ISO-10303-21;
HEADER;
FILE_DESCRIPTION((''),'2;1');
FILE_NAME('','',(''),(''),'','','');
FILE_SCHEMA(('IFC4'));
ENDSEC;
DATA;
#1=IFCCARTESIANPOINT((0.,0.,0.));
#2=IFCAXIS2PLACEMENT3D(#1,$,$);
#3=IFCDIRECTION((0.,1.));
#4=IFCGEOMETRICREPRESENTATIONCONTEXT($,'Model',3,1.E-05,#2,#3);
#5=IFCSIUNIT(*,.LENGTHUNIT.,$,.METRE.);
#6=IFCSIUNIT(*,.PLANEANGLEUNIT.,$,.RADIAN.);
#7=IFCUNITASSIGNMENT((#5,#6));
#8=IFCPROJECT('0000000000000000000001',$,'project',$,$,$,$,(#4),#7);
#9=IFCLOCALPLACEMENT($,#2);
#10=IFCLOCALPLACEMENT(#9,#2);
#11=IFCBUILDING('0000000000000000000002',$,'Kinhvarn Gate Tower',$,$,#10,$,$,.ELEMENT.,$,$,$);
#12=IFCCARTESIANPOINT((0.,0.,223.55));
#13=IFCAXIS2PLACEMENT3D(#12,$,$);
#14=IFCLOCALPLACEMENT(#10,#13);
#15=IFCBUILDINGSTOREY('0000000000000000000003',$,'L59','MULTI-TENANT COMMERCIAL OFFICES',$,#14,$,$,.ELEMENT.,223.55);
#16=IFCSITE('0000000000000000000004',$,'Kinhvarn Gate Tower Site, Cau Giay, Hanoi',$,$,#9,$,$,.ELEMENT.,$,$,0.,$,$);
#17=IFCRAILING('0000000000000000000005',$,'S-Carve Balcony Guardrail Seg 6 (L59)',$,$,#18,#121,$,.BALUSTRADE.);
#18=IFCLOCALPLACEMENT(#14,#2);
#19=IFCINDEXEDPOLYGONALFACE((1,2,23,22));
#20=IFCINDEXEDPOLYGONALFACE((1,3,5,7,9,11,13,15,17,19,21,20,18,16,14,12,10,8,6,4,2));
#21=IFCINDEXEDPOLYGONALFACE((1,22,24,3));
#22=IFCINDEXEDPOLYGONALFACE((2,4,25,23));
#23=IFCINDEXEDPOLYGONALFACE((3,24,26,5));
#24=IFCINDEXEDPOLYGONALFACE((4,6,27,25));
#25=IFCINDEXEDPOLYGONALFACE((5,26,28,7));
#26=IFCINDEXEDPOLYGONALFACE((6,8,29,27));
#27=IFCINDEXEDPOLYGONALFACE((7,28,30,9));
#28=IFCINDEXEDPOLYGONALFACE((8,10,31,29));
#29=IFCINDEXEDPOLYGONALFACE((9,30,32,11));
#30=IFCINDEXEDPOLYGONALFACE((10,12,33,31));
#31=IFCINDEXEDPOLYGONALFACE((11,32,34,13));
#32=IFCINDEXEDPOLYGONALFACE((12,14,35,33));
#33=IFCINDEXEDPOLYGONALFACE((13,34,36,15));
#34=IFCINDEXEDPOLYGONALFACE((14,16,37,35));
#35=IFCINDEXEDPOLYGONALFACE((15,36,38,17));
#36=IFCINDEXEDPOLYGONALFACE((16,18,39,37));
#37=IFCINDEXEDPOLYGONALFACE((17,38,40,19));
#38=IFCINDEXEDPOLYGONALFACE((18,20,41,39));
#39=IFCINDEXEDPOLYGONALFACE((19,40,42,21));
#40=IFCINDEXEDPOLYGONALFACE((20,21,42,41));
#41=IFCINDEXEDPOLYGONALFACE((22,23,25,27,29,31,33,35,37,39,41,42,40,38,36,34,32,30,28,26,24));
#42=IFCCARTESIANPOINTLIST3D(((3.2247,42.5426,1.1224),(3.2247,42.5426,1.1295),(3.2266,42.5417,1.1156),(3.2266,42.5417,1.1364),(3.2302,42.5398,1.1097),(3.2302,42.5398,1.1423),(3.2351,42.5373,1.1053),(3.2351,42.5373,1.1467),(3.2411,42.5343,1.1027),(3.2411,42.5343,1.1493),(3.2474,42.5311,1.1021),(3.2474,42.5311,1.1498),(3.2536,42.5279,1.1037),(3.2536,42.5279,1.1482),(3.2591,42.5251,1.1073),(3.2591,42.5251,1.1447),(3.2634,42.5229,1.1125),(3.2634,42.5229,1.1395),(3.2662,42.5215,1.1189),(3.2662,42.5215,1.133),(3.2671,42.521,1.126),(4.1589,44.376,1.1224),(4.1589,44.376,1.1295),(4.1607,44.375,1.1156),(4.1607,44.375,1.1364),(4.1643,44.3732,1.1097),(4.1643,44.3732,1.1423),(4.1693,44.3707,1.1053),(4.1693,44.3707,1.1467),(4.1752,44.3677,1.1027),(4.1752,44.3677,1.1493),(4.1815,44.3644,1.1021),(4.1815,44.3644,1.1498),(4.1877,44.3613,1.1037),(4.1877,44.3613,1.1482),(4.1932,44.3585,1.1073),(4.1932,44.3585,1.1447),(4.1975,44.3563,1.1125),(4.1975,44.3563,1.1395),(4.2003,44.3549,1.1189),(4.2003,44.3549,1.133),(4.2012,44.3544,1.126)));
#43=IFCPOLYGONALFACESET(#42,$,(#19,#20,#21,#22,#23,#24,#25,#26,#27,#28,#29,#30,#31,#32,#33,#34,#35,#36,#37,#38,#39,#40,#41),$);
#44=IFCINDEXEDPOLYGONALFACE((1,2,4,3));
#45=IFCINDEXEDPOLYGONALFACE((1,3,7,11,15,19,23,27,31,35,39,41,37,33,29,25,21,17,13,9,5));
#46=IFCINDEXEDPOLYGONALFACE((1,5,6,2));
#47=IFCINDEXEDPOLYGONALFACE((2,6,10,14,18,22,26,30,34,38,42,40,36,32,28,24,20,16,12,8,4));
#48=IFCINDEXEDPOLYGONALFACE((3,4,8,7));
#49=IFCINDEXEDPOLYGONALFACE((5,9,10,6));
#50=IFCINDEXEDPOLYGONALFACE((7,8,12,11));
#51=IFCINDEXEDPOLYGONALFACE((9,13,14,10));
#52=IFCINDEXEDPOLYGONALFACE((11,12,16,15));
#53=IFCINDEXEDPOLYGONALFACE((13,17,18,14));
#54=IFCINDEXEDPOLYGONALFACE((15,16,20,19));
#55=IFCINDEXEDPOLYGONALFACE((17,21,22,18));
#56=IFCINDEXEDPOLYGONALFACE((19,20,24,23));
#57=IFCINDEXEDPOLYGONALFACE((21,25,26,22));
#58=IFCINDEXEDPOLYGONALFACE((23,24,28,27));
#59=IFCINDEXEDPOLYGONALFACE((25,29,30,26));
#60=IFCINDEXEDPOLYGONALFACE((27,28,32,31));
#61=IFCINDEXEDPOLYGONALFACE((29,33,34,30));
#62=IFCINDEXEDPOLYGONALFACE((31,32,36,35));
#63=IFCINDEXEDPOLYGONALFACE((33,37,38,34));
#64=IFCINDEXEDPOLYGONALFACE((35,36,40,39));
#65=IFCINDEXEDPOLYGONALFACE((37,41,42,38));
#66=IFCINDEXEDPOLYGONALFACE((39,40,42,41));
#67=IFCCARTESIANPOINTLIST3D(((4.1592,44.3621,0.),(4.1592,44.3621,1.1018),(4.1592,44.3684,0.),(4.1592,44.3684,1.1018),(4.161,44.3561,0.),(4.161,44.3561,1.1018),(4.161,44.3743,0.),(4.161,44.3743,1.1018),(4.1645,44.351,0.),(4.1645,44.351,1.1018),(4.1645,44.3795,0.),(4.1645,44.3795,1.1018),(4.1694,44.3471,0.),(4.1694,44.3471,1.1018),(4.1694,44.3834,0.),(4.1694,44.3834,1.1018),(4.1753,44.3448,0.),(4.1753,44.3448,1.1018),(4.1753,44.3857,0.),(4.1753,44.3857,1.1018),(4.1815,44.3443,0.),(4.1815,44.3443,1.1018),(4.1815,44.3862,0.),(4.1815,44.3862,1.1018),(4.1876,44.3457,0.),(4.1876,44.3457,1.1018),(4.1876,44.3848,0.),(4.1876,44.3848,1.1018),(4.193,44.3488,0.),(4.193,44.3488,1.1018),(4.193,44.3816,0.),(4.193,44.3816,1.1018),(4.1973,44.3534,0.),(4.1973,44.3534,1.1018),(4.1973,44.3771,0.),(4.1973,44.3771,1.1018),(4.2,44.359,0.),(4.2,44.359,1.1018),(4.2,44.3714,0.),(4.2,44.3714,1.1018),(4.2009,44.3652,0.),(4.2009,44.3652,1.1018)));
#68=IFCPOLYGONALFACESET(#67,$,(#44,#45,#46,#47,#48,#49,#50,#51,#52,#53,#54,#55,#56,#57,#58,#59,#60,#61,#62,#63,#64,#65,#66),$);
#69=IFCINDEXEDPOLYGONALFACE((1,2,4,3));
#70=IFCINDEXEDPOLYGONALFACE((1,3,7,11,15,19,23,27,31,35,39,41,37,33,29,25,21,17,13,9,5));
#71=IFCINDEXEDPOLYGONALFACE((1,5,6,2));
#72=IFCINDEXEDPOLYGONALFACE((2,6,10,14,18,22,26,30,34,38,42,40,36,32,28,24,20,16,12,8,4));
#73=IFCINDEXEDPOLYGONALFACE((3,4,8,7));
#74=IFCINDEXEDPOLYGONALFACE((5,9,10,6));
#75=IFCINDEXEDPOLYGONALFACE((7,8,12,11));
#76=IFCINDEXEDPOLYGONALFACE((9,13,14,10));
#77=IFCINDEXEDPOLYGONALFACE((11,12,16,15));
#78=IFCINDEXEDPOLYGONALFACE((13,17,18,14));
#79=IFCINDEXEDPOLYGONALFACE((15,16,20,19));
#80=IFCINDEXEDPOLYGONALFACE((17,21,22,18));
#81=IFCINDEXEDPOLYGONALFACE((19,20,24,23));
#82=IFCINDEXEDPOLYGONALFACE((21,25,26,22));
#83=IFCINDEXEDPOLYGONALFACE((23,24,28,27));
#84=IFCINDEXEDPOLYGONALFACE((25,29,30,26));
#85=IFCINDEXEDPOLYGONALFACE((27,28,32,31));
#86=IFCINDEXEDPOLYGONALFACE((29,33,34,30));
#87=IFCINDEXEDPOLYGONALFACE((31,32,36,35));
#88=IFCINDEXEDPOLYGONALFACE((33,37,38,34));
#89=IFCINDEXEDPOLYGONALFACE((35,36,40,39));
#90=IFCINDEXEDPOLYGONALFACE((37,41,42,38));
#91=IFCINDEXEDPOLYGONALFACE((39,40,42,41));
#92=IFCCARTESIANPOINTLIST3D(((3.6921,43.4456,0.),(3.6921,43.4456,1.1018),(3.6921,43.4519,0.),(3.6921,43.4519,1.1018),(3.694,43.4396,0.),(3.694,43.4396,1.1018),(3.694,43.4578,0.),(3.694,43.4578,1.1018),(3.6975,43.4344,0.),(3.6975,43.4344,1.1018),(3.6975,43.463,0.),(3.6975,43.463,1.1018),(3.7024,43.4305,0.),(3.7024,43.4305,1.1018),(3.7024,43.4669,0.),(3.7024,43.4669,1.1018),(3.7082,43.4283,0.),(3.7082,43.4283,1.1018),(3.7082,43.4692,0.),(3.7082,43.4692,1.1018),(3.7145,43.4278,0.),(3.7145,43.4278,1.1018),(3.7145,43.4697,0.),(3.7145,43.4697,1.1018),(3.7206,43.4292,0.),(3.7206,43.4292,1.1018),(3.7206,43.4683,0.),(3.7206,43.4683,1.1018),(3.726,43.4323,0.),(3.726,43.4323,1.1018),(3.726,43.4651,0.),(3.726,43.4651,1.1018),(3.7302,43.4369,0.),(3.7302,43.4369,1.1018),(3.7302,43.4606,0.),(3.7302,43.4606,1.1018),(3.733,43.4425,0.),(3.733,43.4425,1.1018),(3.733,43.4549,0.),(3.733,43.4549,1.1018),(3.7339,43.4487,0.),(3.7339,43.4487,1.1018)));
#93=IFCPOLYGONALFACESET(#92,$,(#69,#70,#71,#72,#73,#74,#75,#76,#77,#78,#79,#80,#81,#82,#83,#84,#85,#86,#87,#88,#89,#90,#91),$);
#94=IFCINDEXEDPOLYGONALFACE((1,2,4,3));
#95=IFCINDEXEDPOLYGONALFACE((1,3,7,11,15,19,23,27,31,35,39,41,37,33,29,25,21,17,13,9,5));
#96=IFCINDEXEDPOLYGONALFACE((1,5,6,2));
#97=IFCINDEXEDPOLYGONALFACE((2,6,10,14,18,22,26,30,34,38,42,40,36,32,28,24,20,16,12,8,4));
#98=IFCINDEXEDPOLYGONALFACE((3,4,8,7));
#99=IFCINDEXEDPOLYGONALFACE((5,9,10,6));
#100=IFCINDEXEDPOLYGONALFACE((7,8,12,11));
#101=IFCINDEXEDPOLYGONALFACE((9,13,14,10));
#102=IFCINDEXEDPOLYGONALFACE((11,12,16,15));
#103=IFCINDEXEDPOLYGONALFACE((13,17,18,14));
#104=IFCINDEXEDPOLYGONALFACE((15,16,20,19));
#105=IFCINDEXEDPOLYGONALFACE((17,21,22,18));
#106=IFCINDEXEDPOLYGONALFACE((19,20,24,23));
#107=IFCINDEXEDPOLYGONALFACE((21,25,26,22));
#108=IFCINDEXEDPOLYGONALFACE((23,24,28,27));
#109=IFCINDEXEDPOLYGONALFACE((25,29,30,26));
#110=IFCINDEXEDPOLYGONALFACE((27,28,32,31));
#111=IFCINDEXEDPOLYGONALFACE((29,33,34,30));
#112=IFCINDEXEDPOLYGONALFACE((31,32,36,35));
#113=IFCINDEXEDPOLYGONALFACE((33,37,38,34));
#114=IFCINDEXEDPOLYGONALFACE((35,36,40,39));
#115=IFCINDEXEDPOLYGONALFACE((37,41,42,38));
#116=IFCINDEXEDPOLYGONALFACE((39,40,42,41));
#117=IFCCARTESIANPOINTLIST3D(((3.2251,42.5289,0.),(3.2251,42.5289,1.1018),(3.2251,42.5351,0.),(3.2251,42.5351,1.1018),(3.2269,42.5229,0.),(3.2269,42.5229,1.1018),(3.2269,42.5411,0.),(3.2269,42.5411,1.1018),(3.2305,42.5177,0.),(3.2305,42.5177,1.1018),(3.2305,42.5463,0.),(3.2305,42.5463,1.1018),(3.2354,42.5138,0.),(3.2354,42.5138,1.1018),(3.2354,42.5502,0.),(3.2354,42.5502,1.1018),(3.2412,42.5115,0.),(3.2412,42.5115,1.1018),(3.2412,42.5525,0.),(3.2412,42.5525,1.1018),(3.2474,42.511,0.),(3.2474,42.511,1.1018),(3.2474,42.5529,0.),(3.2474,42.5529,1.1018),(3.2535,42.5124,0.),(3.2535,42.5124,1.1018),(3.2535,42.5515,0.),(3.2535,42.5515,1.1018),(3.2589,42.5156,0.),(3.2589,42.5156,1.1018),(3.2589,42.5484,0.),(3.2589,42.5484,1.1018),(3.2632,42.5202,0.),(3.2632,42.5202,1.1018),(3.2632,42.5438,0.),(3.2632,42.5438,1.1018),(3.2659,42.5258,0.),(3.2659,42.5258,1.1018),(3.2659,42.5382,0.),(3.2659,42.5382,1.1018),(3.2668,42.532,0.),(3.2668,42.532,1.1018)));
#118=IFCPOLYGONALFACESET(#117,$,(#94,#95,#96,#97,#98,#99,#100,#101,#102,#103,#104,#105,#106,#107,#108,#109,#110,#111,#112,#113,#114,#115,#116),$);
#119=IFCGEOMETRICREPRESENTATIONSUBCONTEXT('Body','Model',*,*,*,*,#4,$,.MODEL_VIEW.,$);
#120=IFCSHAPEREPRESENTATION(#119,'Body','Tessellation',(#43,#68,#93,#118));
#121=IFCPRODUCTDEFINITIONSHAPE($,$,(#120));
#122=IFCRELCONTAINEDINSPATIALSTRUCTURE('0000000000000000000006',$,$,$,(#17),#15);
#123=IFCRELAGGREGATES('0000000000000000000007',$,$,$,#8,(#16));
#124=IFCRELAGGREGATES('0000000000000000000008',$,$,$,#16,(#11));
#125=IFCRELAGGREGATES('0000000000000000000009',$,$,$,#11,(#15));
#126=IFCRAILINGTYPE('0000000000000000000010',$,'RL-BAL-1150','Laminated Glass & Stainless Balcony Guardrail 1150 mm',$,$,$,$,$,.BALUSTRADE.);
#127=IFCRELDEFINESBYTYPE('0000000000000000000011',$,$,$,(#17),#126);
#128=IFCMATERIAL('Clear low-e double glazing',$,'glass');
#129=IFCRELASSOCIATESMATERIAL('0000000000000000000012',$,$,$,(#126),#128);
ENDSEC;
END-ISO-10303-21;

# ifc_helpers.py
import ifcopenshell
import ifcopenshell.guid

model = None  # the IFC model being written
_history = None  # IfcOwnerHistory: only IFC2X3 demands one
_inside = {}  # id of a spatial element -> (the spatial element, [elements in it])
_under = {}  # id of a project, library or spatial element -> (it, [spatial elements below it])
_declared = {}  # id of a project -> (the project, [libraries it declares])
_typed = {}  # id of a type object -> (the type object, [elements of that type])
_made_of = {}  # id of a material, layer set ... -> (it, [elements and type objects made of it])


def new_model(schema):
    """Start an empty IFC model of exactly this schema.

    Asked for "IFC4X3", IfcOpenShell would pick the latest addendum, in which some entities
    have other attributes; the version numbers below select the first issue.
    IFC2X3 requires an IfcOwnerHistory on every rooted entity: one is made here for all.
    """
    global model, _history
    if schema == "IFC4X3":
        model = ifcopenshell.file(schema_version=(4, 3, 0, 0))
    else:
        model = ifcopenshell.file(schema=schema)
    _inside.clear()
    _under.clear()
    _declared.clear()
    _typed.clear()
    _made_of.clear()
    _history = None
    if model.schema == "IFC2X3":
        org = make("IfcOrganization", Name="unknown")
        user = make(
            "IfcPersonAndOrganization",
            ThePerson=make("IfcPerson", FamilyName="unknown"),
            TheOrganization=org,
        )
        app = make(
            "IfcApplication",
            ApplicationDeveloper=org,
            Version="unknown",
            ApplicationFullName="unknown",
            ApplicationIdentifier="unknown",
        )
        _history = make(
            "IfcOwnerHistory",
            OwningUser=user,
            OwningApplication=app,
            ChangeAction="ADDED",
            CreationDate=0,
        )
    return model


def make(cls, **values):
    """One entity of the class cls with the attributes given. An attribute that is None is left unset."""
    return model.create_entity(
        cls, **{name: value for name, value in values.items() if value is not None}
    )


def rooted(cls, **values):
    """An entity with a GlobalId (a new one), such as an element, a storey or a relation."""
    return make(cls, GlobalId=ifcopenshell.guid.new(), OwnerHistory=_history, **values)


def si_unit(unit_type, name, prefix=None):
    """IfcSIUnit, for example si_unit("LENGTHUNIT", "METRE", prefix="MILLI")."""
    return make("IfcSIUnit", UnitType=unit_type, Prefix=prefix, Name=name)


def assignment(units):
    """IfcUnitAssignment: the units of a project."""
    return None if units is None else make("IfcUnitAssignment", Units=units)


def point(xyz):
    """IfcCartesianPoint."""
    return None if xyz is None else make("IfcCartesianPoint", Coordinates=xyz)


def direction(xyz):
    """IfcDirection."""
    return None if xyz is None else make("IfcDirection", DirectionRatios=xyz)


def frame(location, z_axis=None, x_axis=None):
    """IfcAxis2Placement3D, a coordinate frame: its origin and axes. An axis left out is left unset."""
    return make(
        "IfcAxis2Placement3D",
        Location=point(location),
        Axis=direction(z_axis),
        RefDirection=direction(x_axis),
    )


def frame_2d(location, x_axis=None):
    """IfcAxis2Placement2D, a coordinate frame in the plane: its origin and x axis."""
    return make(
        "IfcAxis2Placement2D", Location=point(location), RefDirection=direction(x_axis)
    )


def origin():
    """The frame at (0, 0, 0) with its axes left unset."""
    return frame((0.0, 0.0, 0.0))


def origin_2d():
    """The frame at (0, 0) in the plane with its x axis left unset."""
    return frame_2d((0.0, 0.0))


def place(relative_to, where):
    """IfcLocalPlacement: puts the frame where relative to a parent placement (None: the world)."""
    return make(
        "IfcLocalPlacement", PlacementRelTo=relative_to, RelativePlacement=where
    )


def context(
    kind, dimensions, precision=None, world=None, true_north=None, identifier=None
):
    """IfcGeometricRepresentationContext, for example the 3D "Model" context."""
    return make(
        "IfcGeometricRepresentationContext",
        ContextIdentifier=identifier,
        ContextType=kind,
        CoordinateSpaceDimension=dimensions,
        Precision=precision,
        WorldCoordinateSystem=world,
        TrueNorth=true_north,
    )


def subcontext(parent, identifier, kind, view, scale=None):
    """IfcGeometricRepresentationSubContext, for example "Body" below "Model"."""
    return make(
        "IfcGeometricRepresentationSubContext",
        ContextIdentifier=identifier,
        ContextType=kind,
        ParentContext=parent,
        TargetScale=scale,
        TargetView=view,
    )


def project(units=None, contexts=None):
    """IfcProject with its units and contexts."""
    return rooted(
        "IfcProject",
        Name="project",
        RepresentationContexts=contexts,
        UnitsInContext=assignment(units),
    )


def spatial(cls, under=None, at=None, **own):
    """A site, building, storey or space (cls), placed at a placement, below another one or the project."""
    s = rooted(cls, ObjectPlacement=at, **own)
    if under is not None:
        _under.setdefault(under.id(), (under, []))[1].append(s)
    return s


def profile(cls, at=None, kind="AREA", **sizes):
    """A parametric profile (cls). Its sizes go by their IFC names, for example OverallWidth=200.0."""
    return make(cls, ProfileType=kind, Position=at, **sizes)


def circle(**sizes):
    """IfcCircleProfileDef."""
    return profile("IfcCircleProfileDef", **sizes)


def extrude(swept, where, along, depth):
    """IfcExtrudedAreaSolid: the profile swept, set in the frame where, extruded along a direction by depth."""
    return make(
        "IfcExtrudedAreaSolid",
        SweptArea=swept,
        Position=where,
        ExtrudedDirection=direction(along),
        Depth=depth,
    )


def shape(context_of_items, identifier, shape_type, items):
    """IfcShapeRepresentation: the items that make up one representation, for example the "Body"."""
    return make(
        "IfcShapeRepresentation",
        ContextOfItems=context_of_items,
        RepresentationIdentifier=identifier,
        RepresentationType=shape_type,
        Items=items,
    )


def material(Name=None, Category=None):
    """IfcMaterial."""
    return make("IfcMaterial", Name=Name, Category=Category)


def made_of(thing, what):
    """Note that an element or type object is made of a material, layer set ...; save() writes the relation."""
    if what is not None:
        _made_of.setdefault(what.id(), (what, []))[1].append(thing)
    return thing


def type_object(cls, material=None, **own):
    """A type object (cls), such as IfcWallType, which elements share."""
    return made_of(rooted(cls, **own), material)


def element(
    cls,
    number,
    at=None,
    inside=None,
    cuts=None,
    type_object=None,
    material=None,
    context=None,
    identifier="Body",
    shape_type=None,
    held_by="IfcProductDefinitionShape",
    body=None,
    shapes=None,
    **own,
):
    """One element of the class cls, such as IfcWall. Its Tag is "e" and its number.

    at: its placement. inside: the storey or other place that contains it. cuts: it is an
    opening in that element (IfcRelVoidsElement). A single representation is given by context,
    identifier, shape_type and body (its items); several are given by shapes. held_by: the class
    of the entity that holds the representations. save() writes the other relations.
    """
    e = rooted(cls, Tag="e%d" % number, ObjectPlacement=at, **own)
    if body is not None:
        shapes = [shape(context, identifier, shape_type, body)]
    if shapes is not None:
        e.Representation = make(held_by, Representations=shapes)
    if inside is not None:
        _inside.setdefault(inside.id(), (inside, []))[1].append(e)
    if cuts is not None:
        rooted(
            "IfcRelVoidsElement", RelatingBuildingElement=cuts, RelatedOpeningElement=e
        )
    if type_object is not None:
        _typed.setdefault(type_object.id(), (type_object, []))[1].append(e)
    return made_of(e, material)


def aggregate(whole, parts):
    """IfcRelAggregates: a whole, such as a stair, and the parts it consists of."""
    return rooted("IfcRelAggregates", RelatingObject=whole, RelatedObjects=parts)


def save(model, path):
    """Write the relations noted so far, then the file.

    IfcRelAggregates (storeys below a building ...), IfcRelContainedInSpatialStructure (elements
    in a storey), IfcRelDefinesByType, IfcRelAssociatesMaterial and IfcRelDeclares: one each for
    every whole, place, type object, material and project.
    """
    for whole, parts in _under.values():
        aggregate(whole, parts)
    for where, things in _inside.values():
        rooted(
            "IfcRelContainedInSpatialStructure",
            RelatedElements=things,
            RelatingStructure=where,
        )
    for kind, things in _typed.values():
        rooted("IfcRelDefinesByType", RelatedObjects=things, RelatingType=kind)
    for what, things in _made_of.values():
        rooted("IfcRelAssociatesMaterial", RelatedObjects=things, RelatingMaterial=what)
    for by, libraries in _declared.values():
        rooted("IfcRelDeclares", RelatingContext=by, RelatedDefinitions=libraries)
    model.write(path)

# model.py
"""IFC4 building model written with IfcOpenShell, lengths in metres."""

from ifc_helpers import new_model, si_unit, direction, frame, origin, origin_2d, place, context, subcontext, project, spatial, circle, extrude, material, type_object, element, save


model = new_model("IFC4")

# Units and contexts
model_context = context("Model", 3, precision=1e-05, world=origin(), true_north=direction((0.0, 1.0)))
body_context = subcontext(model_context, "Body", "Model", "MODEL_VIEW")
ifc_project = project(units=[si_unit("LENGTHUNIT", "METRE"), si_unit("PLANEANGLEUNIT", "RADIAN")], contexts=[model_context])

# Site, building, storey
site_placement = place(None, origin())
site = spatial("IfcSite", under=ifc_project, at=site_placement, Name="Kinhvarn Gate Tower Site, Cau Giay, Hanoi", CompositionType="ELEMENT", RefElevation=0.0)
building_placement = place(site_placement, origin())
building = spatial("IfcBuilding", under=site, at=building_placement, Name="Kinhvarn Gate Tower", CompositionType="ELEMENT")
storey_placement = place(building_placement, frame((0.0, 0.0, 223.55)))
storey = spatial("IfcBuildingStorey", under=building, at=storey_placement, Name="L59", Description="MULTI-TENANT COMMERCIAL OFFICES", CompositionType="ELEMENT", Elevation=223.55)

# Shared definitions
ifc_material_1 = material(Name="Clear low-e double glazing", Category="glass")

# Railing
railing_type = type_object("IfcRailingType", Name="RL-BAL-1150", Description="Laminated Glass & Stainless Balcony Guardrail 1150 mm", PredefinedType="BALUSTRADE", material=ifc_material_1)
railing_1_placement = place(storey_placement, frame((4.1799, 44.3652, 0.0)))
element("IfcRailing", 1, at=railing_1_placement, inside=storey, type_object=railing_type, Name="S-Carve Balcony Guardrail Seg 6 (L59)", PredefinedType="BALUSTRADE", context=body_context, shape_type="SweptSolid", body=[
    extrude(circle(Radius=0.0239, at=origin_2d()), frame((0.0, 0.0, 1.126), z_axis=(-0.453988, -0.891008, 0.0), x_axis=(0.891008, -0.453988, 0.0)), (0.0, 0.0, 1.0), 2.0576),
    extrude(circle(Radius=0.021, at=origin_2d()), origin(), (0.0, 0.0, 1.0), 1.1018),
    extrude(circle(Radius=0.021, at=origin_2d()), frame((-0.467, -0.9165, 0.0)), (0.0, 0.0, 1.0), 1.1018),
    extrude(circle(Radius=0.021, at=origin_2d()), frame((-0.9341, -1.8333, 0.0)), (0.0, 0.0, 1.0), 1.1018),
])

save(model, "model.ifc")
